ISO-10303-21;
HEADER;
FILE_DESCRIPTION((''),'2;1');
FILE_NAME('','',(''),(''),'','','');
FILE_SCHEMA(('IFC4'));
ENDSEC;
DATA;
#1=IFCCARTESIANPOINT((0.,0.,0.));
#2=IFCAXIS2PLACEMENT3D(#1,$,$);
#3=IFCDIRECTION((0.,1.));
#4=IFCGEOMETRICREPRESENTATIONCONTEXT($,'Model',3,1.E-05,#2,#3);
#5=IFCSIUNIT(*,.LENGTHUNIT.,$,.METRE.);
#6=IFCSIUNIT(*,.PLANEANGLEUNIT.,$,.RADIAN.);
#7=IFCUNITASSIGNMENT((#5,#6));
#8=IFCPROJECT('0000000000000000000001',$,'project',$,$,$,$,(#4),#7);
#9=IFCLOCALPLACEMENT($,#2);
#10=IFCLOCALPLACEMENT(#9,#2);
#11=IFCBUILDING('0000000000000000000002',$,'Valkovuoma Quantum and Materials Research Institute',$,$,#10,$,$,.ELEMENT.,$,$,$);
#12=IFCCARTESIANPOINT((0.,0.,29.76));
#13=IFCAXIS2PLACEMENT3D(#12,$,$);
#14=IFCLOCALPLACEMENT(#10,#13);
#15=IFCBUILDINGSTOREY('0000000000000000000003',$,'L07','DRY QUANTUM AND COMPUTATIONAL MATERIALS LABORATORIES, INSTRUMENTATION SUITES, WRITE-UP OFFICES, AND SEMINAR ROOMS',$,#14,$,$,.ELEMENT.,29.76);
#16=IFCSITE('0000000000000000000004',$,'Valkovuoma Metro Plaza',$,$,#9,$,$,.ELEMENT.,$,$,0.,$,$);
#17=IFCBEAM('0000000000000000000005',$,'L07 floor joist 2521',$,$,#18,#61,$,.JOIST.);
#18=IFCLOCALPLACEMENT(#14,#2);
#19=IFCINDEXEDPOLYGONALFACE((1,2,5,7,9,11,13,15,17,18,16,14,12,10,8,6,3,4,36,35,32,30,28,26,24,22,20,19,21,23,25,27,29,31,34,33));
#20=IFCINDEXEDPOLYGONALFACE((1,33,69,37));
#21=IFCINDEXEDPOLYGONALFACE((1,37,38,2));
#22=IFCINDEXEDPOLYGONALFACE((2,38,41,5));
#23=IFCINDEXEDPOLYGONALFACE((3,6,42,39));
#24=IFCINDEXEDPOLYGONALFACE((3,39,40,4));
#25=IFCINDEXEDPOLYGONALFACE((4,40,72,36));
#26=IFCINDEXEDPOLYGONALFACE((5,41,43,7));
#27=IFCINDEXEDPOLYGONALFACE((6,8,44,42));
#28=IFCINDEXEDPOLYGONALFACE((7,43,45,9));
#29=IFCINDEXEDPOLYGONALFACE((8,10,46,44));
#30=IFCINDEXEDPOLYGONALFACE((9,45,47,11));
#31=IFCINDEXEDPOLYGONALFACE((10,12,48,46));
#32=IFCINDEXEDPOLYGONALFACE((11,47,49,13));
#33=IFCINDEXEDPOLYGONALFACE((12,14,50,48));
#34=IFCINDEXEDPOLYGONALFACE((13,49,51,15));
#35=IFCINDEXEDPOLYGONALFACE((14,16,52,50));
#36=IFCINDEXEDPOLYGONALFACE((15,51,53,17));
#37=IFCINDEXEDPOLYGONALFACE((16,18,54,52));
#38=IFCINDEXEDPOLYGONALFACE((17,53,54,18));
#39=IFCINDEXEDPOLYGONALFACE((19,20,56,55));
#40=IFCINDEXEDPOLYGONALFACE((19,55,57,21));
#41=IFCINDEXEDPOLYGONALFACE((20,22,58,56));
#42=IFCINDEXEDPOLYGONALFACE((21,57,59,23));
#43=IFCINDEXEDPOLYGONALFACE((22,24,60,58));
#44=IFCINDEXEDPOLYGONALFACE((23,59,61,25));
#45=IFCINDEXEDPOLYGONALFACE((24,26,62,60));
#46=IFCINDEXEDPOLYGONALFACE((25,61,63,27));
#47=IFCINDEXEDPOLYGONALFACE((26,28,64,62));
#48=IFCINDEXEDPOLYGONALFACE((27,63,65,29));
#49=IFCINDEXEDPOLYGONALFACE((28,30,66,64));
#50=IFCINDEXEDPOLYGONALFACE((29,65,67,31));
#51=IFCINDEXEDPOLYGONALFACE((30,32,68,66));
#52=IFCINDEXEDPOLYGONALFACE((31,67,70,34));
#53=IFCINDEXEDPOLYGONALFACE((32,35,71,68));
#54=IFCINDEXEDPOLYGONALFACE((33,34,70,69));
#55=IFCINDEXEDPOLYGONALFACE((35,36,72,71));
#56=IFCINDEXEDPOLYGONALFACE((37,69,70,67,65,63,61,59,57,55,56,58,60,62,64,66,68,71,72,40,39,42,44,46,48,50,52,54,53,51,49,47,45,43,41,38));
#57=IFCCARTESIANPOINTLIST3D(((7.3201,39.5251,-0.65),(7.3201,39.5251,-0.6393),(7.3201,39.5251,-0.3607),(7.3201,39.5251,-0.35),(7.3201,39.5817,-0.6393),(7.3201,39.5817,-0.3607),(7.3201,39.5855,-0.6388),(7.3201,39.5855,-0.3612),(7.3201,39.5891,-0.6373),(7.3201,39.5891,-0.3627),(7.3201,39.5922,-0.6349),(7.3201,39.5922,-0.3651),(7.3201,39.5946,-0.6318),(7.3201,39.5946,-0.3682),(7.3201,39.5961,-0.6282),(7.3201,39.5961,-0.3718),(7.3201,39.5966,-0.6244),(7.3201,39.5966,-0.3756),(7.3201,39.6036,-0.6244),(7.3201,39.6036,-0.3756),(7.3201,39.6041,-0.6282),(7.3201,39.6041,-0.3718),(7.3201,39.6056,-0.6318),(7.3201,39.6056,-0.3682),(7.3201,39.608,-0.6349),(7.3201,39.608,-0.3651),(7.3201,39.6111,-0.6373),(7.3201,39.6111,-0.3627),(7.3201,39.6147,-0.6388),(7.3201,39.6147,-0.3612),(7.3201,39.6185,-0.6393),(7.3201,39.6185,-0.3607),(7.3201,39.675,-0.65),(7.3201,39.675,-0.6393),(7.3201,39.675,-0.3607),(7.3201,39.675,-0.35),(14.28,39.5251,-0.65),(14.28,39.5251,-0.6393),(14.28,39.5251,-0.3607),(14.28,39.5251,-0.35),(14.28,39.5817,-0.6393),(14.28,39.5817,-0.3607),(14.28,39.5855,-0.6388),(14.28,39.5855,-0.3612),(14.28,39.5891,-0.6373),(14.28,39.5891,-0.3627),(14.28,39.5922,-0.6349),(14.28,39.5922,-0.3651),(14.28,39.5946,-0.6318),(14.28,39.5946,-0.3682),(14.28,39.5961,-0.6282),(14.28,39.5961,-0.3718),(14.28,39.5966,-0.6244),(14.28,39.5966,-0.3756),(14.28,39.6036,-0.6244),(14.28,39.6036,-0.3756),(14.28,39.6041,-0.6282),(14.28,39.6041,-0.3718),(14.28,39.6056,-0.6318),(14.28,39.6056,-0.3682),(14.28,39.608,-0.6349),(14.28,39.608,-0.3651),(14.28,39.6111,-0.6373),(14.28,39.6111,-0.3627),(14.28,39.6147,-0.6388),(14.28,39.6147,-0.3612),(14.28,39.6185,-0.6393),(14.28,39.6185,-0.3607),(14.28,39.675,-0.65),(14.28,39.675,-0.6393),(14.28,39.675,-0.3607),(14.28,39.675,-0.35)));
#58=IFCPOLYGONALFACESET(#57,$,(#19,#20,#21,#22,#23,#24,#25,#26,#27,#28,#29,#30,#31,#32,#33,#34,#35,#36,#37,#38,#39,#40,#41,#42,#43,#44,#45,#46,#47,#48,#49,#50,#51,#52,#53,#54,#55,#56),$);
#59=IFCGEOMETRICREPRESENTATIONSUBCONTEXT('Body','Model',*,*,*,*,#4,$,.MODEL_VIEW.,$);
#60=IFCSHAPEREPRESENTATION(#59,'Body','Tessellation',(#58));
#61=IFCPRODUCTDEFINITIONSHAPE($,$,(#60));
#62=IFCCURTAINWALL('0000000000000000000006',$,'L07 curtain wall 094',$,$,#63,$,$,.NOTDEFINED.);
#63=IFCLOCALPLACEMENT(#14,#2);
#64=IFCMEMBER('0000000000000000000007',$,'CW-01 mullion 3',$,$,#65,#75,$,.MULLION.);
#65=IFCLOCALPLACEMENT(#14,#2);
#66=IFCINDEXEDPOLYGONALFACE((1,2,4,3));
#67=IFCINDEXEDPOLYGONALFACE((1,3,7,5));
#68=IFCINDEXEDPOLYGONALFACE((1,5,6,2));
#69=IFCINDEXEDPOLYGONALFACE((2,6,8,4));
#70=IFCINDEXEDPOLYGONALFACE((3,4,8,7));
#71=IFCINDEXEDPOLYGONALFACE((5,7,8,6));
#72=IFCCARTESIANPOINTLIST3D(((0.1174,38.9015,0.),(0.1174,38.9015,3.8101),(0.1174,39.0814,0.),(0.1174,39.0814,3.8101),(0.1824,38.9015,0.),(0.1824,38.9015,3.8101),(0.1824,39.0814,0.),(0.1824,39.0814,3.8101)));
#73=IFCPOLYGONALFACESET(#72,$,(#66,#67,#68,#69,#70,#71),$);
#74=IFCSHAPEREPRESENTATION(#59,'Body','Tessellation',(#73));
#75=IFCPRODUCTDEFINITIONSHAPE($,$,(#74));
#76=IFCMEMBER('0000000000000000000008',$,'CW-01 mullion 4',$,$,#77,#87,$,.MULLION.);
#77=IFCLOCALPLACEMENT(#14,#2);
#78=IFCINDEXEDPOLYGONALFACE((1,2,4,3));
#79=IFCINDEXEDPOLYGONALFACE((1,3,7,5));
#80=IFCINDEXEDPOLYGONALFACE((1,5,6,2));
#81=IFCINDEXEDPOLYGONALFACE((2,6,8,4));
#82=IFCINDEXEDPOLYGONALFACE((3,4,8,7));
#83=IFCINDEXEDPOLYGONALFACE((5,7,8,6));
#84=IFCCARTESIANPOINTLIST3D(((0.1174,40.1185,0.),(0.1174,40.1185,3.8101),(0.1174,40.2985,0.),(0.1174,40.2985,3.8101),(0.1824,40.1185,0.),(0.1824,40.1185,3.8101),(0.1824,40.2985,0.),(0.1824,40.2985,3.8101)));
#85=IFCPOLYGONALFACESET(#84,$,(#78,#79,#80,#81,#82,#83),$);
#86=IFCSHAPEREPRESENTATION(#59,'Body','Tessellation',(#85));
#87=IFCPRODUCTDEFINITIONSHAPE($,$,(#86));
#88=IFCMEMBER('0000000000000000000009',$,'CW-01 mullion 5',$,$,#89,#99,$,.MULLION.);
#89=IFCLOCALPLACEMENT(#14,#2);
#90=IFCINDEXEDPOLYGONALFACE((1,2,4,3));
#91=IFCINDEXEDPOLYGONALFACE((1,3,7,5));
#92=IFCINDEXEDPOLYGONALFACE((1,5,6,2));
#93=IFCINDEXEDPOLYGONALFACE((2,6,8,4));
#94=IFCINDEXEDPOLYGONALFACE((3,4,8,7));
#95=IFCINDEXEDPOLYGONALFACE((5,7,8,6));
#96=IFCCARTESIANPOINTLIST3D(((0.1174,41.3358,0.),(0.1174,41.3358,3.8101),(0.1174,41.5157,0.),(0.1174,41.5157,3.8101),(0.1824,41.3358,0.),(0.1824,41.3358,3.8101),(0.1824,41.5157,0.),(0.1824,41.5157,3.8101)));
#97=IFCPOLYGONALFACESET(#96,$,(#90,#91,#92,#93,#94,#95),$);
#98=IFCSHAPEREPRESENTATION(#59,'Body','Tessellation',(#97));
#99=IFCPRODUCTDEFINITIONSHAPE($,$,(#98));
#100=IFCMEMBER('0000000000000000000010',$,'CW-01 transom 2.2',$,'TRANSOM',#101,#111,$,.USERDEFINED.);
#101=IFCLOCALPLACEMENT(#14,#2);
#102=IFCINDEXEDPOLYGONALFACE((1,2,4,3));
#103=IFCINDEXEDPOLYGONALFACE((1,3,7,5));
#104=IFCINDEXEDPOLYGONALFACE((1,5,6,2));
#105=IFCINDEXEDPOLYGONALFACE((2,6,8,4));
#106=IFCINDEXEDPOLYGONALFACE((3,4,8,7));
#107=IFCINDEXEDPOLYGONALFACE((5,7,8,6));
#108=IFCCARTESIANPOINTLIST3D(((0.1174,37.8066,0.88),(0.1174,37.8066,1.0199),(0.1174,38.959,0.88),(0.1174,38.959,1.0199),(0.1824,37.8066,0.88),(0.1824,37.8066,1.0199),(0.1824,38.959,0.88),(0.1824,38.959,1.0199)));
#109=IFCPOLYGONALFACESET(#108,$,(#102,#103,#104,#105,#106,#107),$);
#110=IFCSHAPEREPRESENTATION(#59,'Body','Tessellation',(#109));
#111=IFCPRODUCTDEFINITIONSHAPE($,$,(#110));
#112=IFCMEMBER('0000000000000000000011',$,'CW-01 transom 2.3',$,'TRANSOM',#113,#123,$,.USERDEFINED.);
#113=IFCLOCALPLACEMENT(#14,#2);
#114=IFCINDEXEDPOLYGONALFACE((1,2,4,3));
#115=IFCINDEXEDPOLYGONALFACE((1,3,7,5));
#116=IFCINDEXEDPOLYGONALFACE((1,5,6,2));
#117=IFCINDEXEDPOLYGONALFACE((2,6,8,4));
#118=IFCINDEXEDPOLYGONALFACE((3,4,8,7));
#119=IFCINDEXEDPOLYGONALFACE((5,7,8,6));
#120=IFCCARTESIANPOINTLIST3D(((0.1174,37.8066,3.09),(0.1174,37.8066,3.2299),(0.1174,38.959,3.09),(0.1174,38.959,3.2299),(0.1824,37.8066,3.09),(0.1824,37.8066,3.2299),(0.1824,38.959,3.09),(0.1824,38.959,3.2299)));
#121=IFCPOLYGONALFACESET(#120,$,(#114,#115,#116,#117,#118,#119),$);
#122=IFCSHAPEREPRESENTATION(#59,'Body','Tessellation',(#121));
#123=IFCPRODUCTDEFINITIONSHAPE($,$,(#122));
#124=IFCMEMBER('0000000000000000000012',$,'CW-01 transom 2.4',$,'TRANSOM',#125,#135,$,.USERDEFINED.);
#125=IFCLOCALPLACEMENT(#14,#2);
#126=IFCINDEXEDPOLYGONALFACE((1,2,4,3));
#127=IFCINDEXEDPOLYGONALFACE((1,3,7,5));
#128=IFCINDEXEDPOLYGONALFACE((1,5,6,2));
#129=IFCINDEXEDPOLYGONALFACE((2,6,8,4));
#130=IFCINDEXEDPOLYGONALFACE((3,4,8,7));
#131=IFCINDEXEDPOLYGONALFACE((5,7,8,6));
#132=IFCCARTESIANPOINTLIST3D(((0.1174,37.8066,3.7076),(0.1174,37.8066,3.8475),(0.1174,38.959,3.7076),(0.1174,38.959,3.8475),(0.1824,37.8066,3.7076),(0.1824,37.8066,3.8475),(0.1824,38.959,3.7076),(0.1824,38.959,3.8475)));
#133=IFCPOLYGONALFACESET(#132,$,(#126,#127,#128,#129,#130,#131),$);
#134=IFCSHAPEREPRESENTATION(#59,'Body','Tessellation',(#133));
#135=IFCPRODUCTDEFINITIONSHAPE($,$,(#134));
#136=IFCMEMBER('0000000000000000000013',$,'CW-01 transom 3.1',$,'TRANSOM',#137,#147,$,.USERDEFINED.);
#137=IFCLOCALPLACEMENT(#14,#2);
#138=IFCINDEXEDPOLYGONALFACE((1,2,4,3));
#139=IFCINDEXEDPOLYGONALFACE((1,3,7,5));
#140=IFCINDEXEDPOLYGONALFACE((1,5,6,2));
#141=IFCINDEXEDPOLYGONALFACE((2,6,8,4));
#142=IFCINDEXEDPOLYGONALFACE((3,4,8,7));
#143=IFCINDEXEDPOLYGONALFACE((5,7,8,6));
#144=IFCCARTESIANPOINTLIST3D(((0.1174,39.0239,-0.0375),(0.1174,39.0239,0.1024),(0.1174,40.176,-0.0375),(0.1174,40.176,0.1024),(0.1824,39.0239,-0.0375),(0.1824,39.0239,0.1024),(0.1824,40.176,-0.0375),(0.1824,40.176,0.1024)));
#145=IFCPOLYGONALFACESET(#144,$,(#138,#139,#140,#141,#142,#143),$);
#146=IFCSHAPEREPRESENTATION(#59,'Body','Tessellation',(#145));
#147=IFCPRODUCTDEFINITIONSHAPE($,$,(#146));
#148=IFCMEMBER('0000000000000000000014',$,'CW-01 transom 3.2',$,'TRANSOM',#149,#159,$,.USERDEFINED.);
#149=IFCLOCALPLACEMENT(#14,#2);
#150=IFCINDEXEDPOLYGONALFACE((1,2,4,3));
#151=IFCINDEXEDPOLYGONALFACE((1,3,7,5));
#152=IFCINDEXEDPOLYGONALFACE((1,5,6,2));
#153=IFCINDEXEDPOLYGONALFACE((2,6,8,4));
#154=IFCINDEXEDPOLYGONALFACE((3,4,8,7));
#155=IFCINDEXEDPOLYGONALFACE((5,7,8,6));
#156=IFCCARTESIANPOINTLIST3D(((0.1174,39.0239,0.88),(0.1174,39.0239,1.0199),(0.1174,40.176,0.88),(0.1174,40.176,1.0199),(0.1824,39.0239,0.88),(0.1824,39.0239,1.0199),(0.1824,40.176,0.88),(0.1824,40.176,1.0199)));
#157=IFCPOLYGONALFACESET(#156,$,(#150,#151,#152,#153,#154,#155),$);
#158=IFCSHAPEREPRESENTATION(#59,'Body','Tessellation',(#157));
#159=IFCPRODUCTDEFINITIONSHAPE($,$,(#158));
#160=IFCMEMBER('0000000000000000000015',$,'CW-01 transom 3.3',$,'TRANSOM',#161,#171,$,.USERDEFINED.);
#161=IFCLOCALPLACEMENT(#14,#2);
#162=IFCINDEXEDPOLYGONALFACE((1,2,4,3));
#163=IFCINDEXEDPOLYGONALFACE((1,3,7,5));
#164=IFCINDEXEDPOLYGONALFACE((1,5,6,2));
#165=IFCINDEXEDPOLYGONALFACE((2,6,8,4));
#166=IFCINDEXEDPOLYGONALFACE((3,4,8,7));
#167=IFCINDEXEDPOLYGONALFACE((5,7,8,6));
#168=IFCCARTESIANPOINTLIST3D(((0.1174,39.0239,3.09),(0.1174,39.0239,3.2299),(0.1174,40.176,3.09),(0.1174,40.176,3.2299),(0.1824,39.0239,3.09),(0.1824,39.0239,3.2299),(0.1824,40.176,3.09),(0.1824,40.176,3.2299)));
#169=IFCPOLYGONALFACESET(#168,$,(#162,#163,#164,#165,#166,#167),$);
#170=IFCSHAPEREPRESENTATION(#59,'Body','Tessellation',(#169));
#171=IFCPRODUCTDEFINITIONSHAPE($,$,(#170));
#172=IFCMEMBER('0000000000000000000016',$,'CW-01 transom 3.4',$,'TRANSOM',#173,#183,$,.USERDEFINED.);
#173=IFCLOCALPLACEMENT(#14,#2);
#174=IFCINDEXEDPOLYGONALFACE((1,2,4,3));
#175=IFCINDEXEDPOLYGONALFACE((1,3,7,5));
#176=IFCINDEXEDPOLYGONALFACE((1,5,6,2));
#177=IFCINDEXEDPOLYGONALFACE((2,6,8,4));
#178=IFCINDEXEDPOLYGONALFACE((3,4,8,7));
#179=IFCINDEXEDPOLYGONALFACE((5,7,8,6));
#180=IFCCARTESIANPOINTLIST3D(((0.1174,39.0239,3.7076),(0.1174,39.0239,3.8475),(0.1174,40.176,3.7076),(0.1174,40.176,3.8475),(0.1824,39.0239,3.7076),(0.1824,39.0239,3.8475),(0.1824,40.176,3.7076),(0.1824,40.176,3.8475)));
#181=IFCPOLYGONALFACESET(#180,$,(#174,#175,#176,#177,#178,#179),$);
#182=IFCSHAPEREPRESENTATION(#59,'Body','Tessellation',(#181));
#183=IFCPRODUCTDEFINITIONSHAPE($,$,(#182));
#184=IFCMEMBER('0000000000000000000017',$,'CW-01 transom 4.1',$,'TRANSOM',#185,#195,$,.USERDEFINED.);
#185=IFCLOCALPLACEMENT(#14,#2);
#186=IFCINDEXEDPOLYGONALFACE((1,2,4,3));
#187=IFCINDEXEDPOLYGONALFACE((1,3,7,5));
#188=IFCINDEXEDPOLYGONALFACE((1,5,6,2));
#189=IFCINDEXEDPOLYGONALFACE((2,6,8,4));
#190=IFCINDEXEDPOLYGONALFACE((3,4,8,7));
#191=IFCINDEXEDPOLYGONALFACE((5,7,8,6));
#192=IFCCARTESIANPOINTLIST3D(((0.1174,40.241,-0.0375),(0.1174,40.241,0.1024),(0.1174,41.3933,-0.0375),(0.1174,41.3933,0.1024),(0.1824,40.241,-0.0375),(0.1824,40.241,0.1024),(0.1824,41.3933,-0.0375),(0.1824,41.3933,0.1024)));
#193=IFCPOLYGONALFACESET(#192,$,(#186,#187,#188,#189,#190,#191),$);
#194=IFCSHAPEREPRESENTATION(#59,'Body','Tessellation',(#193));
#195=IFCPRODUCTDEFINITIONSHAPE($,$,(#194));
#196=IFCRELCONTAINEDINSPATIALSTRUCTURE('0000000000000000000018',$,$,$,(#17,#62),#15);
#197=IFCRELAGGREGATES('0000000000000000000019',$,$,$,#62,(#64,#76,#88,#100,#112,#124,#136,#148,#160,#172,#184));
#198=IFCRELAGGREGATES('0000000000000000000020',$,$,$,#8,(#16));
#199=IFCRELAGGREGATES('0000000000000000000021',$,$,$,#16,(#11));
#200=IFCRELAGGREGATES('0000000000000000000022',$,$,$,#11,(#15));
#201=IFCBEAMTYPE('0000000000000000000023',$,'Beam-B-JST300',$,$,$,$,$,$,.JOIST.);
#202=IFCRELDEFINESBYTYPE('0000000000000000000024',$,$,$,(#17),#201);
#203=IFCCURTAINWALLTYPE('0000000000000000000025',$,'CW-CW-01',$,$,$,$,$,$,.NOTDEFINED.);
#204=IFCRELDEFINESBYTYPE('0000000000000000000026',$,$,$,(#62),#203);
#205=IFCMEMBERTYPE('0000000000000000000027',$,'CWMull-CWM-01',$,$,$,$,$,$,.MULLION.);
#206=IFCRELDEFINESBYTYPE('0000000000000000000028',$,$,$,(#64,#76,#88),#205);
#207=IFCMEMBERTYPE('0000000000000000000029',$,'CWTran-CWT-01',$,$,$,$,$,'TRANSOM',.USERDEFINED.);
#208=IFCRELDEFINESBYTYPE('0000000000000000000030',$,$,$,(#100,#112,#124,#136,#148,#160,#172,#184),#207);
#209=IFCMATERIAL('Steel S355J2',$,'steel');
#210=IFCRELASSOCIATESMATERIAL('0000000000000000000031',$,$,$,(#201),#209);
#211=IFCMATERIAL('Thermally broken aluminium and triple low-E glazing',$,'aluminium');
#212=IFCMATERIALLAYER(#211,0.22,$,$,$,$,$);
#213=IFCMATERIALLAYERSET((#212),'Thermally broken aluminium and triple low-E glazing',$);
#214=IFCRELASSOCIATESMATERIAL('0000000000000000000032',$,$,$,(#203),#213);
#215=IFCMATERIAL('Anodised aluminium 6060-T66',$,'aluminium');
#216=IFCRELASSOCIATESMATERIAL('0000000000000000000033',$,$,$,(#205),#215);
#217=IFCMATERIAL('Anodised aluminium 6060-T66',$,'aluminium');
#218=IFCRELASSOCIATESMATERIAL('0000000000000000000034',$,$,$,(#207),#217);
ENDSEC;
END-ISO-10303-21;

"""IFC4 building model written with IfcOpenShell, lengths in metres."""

from ifc_helpers import new_model, si_unit, direction, frame, origin, origin_2d, place, context, subcontext, project, spatial, rectangle, i_section, extrude, material, layer, layer_set, material_profile, profile_set, type_object, element, aggregate, save


model = new_model("IFC4")

# Units and contexts
model_context = context("Model", 3, precision=1e-05, world=origin(), true_north=direction((0.0, 1.0)))
body_context = subcontext(model_context, "Body", "Model", "MODEL_VIEW")
ifc_project = project(units=[si_unit("LENGTHUNIT", "METRE"), si_unit("PLANEANGLEUNIT", "RADIAN")], contexts=[model_context])

# Site, building, storey
site_placement = place(None, origin())
site = spatial("IfcSite", under=ifc_project, at=site_placement, Name="Valkovuoma Metro Plaza", CompositionType="ELEMENT", RefElevation=0.0)
building_placement = place(site_placement, origin())
building = spatial("IfcBuilding", under=site, at=building_placement, Name="Valkovuoma Quantum and Materials Research Institute", CompositionType="ELEMENT")
storey_placement = place(building_placement, frame((0.0, 0.0, 29.76)))
storey = spatial("IfcBuildingStorey", under=building, at=storey_placement, Name="L07", Description="DRY QUANTUM AND COMPUTATIONAL MATERIALS LABORATORIES, INSTRUMENTATION SUITES, WRITE-UP OFFICES, AND SEMINAR ROOMS", CompositionType="ELEMENT", Elevation=29.76)

# Beam
ifc_material_1 = material(Name="Steel S355J2", Category="steel")
ifc_material_profile_1 = material_profile(ifc_material_1, i_section(OverallWidth=0.1499, OverallDepth=0.3, WebThickness=0.0071, FlangeThickness=0.0107, FilletRadius=0.0149, at=origin_2d()), Name="Steel S355J2")
ifc_profile_set_1 = profile_set([ifc_material_profile_1], Name="Steel S355J2")
beam_type = type_object("IfcBeamType", Name="Beam-B-JST300", PredefinedType="JOIST", material=ifc_profile_set_1)
beam_placement = place(storey_placement, frame((7.3201, 39.6001, -0.5), z_axis=(1.0, 0.0, 0.0), x_axis=(0.0, 1.0, 0.0)))
element("IfcBeam", 1, at=beam_placement, inside=storey, type_object=beam_type, Name="L07 floor joist 2521", PredefinedType="JOIST", context=body_context, shape_type="SweptSolid", body=[
    extrude(i_section(OverallWidth=0.1499, OverallDepth=0.3, WebThickness=0.0071, FlangeThickness=0.0107, FilletRadius=0.0149, at=origin_2d()), origin(), (0.0, 0.0, 1.0), 6.96),
])

# Curtain wall, members
ifc_material_2 = material(Name="Thermally broken aluminium and triple low-E glazing", Category="aluminium")
ifc_layer_1 = layer(ifc_material_2, 0.22)
ifc_layer_set_1 = layer_set([ifc_layer_1], Name="Thermally broken aluminium and triple low-E glazing")
curtain_wall_type = type_object("IfcCurtainWallType", Name="CW-CW-01", PredefinedType="NOTDEFINED", material=ifc_layer_set_1)
curtain_wall_placement = place(storey_placement, origin())
curtain_wall = element("IfcCurtainWall", 2, at=curtain_wall_placement, inside=storey, type_object=curtain_wall_type, Name="L07 curtain wall 094", PredefinedType="NOTDEFINED")
ifc_material_3 = material(Name="Anodised aluminium 6060-T66", Category="aluminium")
ifc_material_profile_2 = material_profile(ifc_material_3, rectangle(XDim=0.0649, YDim=0.1799, at=origin_2d()), Name="Anodised aluminium 6060-T66")
ifc_profile_set_2 = profile_set([ifc_material_profile_2], Name="Anodised aluminium 6060-T66")
member_type_1 = type_object("IfcMemberType", Name="CWMull-CWM-01", PredefinedType="MULLION", material=ifc_profile_set_2)
member_1_placement = place(storey_placement, frame((0.1499, 38.9915, 0.0), z_axis=(0.0, 0.0, 1.0), x_axis=(-1.0, 0.0, 0.0)))
member_1 = element("IfcMember", 3, at=member_1_placement, type_object=member_type_1, Name="CW-01 mullion 3", PredefinedType="MULLION", context=body_context, shape_type="SweptSolid", body=[
    extrude(rectangle(XDim=0.0649, YDim=0.1799, at=origin_2d()), origin(), (0.0, 0.0, 1.0), 3.8101),
])
member_2_placement = place(storey_placement, frame((0.1499, 40.2085, 0.0), z_axis=(0.0, 0.0, 1.0), x_axis=(-1.0, 0.0, 0.0)))
member_2 = element("IfcMember", 4, at=member_2_placement, type_object=member_type_1, Name="CW-01 mullion 4", PredefinedType="MULLION", context=body_context, shape_type="SweptSolid", body=[
    extrude(rectangle(XDim=0.0649, YDim=0.1799, at=origin_2d()), origin(), (0.0, 0.0, 1.0), 3.8101),
])
member_3_placement = place(storey_placement, frame((0.1499, 41.4258, 0.0), z_axis=(0.0, 0.0, 1.0), x_axis=(-1.0, 0.0, 0.0)))
member_3 = element("IfcMember", 5, at=member_3_placement, type_object=member_type_1, Name="CW-01 mullion 5", PredefinedType="MULLION", context=body_context, shape_type="SweptSolid", body=[
    extrude(rectangle(XDim=0.0649, YDim=0.1799, at=origin_2d()), origin(), (0.0, 0.0, 1.0), 3.8101),
])
ifc_material_4 = material(Name="Anodised aluminium 6060-T66", Category="aluminium")
ifc_material_profile_3 = material_profile(ifc_material_4, rectangle(XDim=0.0649, YDim=0.1399, at=origin_2d()), Name="Anodised aluminium 6060-T66")
ifc_profile_set_3 = profile_set([ifc_material_profile_3], Name="Anodised aluminium 6060-T66")
member_type_2 = type_object("IfcMemberType", Name="CWTran-CWT-01", ElementType="TRANSOM", PredefinedType="USERDEFINED", material=ifc_profile_set_3)
member_4_placement = place(storey_placement, frame((0.1499, 37.8066, 0.95), z_axis=(0.0, 1.0, 0.0), x_axis=(-1.0, 0.0, 0.0)))
member_4 = element("IfcMember", 6, at=member_4_placement, type_object=member_type_2, Name="CW-01 transom 2.2", ObjectType="TRANSOM", PredefinedType="USERDEFINED", context=body_context, shape_type="SweptSolid", body=[
    extrude(rectangle(XDim=0.0649, YDim=0.1399, at=origin_2d()), origin(), (0.0, 0.0, 1.0), 1.1523),
])
member_5_placement = place(storey_placement, frame((0.1499, 37.8066, 3.1599), z_axis=(0.0, 1.0, 0.0), x_axis=(-1.0, 0.0, 0.0)))
member_5 = element("IfcMember", 7, at=member_5_placement, type_object=member_type_2, Name="CW-01 transom 2.3", ObjectType="TRANSOM", PredefinedType="USERDEFINED", context=body_context, shape_type="SweptSolid", body=[
    extrude(rectangle(XDim=0.0649, YDim=0.1399, at=origin_2d()), origin(), (0.0, 0.0, 1.0), 1.1523),
])
member_6_placement = place(storey_placement, frame((0.1499, 37.8066, 3.7776), z_axis=(0.0, 1.0, 0.0), x_axis=(-1.0, 0.0, 0.0)))
member_6 = element("IfcMember", 8, at=member_6_placement, type_object=member_type_2, Name="CW-01 transom 2.4", ObjectType="TRANSOM", PredefinedType="USERDEFINED", context=body_context, shape_type="SweptSolid", body=[
    extrude(rectangle(XDim=0.0649, YDim=0.1399, at=origin_2d()), origin(), (0.0, 0.0, 1.0), 1.1523),
])
member_7_placement = place(storey_placement, frame((0.1499, 39.0239, 0.0325), z_axis=(0.0, 1.0, 0.0), x_axis=(-1.0, 0.0, 0.0)))
member_7 = element("IfcMember", 9, at=member_7_placement, type_object=member_type_2, Name="CW-01 transom 3.1", ObjectType="TRANSOM", PredefinedType="USERDEFINED", context=body_context, shape_type="SweptSolid", body=[
    extrude(rectangle(XDim=0.0649, YDim=0.1399, at=origin_2d()), origin(), (0.0, 0.0, 1.0), 1.1521),
])
member_8_placement = place(storey_placement, frame((0.1499, 39.0239, 0.95), z_axis=(0.0, 1.0, 0.0), x_axis=(-1.0, 0.0, 0.0)))
member_8 = element("IfcMember", 10, at=member_8_placement, type_object=member_type_2, Name="CW-01 transom 3.2", ObjectType="TRANSOM", PredefinedType="USERDEFINED", context=body_context, shape_type="SweptSolid", body=[
    extrude(rectangle(XDim=0.0649, YDim=0.1399, at=origin_2d()), origin(), (0.0, 0.0, 1.0), 1.1521),
])
member_9_placement = place(storey_placement, frame((0.1499, 39.0239, 3.1599), z_axis=(0.0, 1.0, 0.0), x_axis=(-1.0, 0.0, 0.0)))
member_9 = element("IfcMember", 11, at=member_9_placement, type_object=member_type_2, Name="CW-01 transom 3.3", ObjectType="TRANSOM", PredefinedType="USERDEFINED", context=body_context, shape_type="SweptSolid", body=[
    extrude(rectangle(XDim=0.0649, YDim=0.1399, at=origin_2d()), origin(), (0.0, 0.0, 1.0), 1.1521),
])
member_10_placement = place(storey_placement, frame((0.1499, 39.0239, 3.7776), z_axis=(0.0, 1.0, 0.0), x_axis=(-1.0, 0.0, 0.0)))
member_10 = element("IfcMember", 12, at=member_10_placement, type_object=member_type_2, Name="CW-01 transom 3.4", ObjectType="TRANSOM", PredefinedType="USERDEFINED", context=body_context, shape_type="SweptSolid", body=[
    extrude(rectangle(XDim=0.0649, YDim=0.1399, at=origin_2d()), origin(), (0.0, 0.0, 1.0), 1.1521),
])
member_11_placement = place(storey_placement, frame((0.1499, 40.241, 0.0325), z_axis=(0.0, 1.0, 0.0), x_axis=(-1.0, 0.0, 0.0)))
member_11 = element("IfcMember", 13, at=member_11_placement, type_object=member_type_2, Name="CW-01 transom 4.1", ObjectType="TRANSOM", PredefinedType="USERDEFINED", context=body_context, shape_type="SweptSolid", body=[
    extrude(rectangle(XDim=0.0649, YDim=0.1399, at=origin_2d()), origin(), (0.0, 0.0, 1.0), 1.1523),
])
aggregate(curtain_wall, [member_1, member_2, member_3, member_4, member_5, member_6, member_7, member_8, member_9, member_10, member_11])

save(model, "model.ifc")
